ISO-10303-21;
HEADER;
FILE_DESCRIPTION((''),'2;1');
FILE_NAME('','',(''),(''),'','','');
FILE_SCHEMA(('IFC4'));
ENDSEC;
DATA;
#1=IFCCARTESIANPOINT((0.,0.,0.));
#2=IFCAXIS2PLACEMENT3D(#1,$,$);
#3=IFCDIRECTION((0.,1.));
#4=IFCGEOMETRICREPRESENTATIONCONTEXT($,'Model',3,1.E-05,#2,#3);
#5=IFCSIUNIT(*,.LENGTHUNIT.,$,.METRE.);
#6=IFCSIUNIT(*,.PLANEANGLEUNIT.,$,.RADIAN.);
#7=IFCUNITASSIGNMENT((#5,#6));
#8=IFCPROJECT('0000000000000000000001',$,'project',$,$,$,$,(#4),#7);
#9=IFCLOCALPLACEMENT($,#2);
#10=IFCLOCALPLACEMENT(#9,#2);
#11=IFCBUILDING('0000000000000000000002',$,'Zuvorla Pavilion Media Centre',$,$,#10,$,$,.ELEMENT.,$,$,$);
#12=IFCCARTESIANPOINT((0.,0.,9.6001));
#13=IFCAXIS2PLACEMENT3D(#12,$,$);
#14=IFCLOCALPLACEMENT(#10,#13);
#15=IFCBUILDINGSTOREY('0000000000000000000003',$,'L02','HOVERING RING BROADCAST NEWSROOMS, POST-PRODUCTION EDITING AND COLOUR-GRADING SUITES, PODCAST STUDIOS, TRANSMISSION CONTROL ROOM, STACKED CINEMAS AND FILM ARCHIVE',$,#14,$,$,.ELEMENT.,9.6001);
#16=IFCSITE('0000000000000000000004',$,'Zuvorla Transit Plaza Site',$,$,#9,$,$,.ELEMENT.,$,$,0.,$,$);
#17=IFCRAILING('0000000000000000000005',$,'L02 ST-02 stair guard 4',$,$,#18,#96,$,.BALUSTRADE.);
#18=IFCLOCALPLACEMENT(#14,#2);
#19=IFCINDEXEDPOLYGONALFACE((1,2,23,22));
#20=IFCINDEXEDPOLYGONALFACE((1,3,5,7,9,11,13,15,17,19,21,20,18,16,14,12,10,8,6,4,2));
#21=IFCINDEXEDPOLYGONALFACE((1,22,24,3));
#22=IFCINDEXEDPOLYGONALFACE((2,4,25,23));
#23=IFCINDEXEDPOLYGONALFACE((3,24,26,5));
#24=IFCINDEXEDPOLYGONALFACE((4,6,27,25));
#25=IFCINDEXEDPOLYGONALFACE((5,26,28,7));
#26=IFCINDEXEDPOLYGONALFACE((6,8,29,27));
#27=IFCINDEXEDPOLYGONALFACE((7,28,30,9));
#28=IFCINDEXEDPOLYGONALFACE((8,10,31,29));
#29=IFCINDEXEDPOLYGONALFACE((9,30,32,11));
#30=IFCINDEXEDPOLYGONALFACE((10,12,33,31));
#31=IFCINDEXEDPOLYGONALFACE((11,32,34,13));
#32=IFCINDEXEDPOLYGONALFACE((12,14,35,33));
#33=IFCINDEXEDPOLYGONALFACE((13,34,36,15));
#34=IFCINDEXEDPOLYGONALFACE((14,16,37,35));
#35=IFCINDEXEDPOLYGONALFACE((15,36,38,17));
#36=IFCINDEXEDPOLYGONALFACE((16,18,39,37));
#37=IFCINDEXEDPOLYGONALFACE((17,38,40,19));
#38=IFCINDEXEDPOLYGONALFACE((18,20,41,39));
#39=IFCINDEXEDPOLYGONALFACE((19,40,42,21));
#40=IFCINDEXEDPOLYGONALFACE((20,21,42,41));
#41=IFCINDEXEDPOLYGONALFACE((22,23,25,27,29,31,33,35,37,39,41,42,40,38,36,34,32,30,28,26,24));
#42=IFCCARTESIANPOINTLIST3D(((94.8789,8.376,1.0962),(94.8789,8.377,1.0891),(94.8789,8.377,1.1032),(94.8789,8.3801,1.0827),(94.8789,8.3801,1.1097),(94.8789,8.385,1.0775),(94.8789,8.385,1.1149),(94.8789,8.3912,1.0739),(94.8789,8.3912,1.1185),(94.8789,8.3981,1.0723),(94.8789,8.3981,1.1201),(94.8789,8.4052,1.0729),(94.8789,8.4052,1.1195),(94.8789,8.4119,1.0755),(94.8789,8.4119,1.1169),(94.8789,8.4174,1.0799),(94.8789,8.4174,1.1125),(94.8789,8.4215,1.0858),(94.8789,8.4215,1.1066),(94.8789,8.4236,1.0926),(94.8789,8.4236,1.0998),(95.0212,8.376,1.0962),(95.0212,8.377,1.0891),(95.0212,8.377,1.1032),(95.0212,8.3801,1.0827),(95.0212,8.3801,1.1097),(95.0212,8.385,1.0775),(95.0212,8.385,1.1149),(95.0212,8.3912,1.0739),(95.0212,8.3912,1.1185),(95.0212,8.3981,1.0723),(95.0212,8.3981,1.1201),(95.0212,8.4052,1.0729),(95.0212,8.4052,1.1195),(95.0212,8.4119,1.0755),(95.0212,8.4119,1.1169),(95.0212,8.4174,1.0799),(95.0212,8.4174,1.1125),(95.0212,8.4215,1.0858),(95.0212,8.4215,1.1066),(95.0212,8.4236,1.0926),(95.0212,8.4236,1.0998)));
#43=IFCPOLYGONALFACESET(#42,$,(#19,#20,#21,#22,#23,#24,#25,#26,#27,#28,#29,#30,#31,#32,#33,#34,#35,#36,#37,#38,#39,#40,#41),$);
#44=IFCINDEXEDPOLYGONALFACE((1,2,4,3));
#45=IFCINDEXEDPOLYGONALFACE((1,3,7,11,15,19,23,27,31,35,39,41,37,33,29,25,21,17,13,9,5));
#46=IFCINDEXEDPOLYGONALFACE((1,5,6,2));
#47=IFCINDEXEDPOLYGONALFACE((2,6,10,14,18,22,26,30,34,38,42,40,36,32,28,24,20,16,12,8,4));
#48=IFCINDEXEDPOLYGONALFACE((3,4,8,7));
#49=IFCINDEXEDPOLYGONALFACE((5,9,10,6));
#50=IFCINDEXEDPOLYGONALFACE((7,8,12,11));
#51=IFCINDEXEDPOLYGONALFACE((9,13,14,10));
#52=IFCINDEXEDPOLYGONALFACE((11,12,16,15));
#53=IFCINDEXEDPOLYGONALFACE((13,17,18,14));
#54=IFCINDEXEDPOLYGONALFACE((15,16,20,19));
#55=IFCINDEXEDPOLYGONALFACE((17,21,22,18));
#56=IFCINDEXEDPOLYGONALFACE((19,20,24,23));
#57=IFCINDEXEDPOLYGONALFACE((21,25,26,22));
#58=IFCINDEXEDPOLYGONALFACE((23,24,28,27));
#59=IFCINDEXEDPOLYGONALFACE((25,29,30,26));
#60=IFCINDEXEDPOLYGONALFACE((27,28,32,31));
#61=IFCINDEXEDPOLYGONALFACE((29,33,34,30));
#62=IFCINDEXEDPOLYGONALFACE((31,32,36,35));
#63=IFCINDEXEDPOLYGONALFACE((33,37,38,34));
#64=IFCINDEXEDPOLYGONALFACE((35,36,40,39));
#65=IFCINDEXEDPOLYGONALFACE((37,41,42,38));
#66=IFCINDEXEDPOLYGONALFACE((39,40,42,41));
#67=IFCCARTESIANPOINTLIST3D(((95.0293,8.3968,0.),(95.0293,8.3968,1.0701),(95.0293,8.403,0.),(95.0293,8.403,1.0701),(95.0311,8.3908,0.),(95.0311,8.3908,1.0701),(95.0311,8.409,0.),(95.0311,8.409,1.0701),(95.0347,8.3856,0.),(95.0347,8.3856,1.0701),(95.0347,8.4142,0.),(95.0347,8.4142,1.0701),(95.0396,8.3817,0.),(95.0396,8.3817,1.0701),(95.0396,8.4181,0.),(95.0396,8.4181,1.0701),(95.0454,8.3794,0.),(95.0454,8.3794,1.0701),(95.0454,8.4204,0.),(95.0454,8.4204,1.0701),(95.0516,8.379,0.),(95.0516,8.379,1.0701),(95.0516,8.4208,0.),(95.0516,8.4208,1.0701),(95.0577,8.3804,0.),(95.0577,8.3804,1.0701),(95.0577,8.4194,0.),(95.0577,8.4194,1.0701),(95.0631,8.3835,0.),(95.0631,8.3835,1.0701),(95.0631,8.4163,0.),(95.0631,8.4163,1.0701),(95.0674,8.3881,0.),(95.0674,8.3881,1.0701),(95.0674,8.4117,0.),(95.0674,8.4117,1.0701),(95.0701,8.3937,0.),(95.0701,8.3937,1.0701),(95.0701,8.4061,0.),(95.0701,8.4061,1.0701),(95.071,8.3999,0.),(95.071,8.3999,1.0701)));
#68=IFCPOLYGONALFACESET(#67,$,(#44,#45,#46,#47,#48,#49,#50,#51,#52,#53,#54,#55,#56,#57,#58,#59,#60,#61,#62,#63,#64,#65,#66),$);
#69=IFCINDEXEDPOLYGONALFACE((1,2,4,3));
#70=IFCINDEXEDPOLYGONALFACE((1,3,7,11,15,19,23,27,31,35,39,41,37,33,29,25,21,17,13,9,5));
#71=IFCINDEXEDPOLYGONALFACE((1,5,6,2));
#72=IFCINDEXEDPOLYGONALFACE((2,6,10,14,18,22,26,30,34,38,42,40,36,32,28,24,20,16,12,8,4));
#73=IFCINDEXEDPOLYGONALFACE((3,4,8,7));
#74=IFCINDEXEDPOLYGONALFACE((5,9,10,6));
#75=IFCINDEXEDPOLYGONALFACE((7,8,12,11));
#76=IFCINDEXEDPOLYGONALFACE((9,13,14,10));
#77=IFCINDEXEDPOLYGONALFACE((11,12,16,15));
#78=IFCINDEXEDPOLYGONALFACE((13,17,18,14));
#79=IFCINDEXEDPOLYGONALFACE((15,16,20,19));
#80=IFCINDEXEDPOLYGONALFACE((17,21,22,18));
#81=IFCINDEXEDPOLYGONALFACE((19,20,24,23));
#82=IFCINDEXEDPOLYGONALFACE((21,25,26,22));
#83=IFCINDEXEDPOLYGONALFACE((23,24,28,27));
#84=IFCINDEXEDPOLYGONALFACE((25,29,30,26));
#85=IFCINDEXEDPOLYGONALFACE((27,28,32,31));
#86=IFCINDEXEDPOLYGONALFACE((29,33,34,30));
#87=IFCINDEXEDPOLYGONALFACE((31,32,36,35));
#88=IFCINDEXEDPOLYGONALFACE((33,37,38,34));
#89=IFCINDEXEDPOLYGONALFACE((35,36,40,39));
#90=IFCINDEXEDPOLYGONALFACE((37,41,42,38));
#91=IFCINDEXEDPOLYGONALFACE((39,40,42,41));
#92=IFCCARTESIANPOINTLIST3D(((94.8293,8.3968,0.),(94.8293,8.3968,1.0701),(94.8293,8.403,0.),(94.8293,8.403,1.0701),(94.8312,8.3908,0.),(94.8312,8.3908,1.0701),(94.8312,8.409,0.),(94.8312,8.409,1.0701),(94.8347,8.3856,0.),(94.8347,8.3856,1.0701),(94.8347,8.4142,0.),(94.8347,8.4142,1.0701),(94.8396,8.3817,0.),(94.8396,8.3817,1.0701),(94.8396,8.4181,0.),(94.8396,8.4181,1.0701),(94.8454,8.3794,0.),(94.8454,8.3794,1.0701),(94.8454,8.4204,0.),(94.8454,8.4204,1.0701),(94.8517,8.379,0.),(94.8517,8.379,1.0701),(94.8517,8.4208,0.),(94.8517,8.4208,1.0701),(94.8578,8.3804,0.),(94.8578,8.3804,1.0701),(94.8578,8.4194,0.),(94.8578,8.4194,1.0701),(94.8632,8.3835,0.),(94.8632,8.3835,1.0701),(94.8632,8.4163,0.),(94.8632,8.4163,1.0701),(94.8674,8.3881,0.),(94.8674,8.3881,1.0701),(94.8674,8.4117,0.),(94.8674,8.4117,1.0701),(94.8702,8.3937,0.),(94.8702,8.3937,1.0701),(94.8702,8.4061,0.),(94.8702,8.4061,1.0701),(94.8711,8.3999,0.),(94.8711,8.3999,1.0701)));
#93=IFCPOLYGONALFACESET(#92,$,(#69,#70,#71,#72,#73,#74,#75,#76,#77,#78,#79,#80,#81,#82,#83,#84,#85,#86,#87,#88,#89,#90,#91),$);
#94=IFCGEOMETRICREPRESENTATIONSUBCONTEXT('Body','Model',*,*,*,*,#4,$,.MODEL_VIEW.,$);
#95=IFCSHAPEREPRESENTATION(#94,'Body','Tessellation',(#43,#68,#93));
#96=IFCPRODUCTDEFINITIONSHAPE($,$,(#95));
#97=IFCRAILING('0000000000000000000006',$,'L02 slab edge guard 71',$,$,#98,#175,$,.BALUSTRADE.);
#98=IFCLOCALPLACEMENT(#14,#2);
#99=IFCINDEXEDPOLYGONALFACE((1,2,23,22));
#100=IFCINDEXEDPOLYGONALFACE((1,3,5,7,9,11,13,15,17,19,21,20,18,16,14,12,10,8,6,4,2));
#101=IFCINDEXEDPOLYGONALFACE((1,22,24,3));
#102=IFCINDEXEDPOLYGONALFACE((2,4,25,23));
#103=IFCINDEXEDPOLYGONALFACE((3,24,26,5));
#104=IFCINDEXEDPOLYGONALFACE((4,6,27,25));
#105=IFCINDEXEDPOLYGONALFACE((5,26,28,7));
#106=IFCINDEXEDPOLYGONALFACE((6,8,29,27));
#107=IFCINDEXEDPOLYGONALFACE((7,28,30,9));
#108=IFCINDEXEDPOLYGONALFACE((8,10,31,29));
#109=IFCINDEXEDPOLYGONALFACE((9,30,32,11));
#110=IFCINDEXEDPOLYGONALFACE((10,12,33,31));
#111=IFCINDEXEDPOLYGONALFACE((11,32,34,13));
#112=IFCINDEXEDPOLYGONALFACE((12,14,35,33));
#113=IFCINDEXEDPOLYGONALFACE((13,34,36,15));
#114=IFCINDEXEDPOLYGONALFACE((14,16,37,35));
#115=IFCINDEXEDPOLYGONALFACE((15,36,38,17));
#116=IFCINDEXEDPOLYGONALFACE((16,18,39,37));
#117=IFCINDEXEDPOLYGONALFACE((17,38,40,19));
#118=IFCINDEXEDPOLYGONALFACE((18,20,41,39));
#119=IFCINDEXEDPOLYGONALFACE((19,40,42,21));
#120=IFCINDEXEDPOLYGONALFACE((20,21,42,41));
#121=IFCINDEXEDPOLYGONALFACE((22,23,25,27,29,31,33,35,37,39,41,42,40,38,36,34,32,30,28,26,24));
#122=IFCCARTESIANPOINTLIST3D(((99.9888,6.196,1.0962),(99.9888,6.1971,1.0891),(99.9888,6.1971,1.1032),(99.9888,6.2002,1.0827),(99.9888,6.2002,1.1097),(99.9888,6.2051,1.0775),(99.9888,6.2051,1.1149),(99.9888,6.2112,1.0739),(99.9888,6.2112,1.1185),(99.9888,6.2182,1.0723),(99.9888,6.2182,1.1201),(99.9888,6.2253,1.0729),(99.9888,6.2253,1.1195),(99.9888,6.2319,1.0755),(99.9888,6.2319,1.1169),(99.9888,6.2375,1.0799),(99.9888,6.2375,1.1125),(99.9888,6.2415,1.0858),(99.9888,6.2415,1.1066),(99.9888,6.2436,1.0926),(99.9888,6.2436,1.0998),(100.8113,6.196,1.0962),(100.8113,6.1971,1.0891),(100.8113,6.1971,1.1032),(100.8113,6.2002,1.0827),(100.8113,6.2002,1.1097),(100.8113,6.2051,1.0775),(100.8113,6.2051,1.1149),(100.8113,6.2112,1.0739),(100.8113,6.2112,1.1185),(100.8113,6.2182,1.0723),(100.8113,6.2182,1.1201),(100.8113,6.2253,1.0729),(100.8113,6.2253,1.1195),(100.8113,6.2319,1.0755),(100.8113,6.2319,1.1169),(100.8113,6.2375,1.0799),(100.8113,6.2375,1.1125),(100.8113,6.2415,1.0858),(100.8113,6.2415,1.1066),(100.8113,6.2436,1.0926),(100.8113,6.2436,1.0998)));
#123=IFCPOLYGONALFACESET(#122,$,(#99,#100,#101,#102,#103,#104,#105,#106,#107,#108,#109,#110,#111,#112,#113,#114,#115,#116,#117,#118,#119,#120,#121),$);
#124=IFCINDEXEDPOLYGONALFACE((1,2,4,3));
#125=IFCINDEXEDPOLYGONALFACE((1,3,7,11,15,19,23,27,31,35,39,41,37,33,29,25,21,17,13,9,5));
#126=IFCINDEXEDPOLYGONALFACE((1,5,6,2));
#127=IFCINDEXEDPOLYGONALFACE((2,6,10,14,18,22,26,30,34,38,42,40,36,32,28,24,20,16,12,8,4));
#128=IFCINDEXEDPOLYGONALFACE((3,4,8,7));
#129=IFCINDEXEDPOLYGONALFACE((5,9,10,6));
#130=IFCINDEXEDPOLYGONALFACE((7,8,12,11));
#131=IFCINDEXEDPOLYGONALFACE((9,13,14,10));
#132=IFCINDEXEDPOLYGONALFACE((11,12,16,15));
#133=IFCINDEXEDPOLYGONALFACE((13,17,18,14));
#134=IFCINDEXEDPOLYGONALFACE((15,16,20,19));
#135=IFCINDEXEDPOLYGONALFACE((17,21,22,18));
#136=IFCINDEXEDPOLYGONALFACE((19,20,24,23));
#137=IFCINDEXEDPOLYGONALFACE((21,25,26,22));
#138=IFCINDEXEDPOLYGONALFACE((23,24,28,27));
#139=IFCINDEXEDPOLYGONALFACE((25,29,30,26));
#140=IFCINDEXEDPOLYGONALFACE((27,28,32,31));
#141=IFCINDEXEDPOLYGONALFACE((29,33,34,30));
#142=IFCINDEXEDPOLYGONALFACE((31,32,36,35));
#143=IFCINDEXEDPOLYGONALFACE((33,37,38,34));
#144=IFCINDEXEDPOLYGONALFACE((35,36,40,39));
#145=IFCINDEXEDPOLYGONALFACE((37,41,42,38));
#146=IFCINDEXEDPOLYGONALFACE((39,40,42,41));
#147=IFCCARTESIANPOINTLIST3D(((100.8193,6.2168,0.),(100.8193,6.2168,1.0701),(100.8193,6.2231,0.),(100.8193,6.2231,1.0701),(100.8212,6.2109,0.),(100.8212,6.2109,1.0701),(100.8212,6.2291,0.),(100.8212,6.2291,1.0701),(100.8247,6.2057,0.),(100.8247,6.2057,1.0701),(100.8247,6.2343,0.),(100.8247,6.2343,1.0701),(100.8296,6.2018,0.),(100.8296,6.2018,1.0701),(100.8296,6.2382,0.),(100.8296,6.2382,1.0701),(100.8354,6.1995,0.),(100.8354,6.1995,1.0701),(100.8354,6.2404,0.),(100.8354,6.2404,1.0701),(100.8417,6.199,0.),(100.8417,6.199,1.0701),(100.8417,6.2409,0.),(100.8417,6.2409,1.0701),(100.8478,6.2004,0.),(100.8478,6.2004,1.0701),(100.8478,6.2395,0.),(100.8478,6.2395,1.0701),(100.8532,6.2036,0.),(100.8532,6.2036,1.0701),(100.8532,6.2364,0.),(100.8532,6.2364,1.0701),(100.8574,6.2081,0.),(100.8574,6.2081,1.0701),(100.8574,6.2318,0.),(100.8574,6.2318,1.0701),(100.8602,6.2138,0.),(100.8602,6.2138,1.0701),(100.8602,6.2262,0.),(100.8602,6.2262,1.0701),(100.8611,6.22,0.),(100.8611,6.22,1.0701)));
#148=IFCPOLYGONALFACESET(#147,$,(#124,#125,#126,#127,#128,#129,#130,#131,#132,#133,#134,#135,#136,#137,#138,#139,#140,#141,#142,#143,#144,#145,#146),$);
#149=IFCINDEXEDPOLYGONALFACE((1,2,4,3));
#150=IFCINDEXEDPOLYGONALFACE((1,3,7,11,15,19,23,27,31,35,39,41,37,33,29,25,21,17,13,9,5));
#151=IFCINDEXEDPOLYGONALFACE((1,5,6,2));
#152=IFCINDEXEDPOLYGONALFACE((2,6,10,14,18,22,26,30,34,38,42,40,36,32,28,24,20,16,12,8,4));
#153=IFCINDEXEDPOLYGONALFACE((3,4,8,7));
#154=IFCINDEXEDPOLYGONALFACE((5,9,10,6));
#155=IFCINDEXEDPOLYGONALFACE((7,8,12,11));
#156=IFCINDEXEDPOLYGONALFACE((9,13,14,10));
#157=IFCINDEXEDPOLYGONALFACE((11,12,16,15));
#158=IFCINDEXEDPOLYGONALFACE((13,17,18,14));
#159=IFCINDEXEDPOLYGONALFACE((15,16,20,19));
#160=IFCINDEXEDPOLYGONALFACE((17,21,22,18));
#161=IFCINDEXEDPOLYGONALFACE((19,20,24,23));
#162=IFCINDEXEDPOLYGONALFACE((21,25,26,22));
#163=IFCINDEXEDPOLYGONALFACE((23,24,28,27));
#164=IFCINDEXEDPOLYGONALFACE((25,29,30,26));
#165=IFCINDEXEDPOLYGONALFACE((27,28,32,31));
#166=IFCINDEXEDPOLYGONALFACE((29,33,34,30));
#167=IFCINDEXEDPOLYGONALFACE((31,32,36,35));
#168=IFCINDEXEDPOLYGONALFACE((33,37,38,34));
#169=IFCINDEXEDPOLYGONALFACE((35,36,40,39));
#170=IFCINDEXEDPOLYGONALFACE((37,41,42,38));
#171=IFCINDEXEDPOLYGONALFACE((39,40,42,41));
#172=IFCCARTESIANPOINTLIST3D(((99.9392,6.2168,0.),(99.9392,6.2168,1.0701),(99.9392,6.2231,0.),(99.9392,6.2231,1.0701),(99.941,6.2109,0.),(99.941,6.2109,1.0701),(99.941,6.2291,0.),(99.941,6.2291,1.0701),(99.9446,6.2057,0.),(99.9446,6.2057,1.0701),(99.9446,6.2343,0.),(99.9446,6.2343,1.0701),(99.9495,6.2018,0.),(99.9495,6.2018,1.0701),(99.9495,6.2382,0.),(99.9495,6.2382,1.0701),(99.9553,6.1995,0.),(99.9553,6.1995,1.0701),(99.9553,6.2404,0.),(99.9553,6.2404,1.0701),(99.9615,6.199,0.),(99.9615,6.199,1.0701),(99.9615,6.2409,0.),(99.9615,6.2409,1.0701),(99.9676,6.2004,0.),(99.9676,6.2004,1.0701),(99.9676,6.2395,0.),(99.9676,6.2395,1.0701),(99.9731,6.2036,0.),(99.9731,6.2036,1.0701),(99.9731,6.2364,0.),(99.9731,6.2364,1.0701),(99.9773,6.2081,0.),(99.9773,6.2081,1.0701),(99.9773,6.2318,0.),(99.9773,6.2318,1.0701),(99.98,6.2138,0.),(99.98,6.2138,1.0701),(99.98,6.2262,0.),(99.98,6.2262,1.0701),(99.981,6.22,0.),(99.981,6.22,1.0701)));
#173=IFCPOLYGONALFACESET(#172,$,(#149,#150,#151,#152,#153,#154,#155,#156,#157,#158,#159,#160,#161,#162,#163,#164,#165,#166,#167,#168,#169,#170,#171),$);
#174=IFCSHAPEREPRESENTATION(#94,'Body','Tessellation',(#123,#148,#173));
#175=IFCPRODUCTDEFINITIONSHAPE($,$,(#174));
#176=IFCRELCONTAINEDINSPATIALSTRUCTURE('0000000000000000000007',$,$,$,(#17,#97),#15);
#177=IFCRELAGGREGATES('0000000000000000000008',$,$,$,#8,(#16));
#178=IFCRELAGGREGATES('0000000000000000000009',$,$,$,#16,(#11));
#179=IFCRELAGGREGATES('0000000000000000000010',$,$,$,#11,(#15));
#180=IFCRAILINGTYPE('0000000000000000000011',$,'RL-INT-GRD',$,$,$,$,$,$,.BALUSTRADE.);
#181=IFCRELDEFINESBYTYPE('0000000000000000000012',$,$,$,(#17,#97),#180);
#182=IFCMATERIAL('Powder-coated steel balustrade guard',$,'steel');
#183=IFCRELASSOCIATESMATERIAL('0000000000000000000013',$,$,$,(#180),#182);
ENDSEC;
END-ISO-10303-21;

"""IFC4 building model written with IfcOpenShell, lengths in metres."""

from ifc_helpers import new_model, si_unit, direction, frame, origin, origin_2d, place, context, subcontext, project, spatial, circle, extrude, material, type_object, element, save


model = new_model("IFC4")

# Units and contexts
model_context = context("Model", 3, precision=1e-05, world=origin(), true_north=direction((0.0, 1.0)))
body_context = subcontext(model_context, "Body", "Model", "MODEL_VIEW")
ifc_project = project(units=[si_unit("LENGTHUNIT", "METRE"), si_unit("PLANEANGLEUNIT", "RADIAN")], contexts=[model_context])

# Site, building, storey
site_placement = place(None, origin())
site = spatial("IfcSite", under=ifc_project, at=site_placement, Name="Zuvorla Transit Plaza Site", CompositionType="ELEMENT", RefElevation=0.0)
building_placement = place(site_placement, origin())
building = spatial("IfcBuilding", under=site, at=building_placement, Name="Zuvorla Pavilion Media Centre", CompositionType="ELEMENT")
storey_placement = place(building_placement, frame((0.0, 0.0, 9.6001)))
storey = spatial("IfcBuildingStorey", under=building, at=storey_placement, Name="L02", Description="HOVERING RING BROADCAST NEWSROOMS, POST-PRODUCTION EDITING AND COLOUR-GRADING SUITES, PODCAST STUDIOS, TRANSMISSION CONTROL ROOM, STACKED CINEMAS AND FILM ARCHIVE", CompositionType="ELEMENT", Elevation=9.6001)

# Railings
ifc_material_1 = material(Name="Powder-coated steel balustrade guard", Category="steel")
railing_type_1 = type_object("IfcRailingType", Name="RL-INT-GRD", PredefinedType="BALUSTRADE", material=ifc_material_1)
railing_1_placement = place(storey_placement, frame((95.05, 8.3999, 0.0)))
element("IfcRailing", 1, at=railing_1_placement, inside=storey, type_object=railing_type_1, Name="L02 ST-02 stair guard 4", PredefinedType="BALUSTRADE", context=body_context, shape_type="SweptSolid", body=[
    extrude(circle(Radius=0.0239, at=origin_2d()), frame((-0.0288, 0.0, 1.0962), z_axis=(-1.0, 0.0, 0.0), x_axis=(0.0, -1.0, 0.0)), (0.0, 0.0, 1.0), 0.1423),
    extrude(circle(Radius=0.021, at=origin_2d()), origin(), (0.0, 0.0, 1.0), 1.0701),
    extrude(circle(Radius=0.021, at=origin_2d()), frame((-0.2, 0.0, 0.0)), (0.0, 0.0, 1.0), 1.0701),
])
railing_2_placement = place(storey_placement, frame((100.8401, 6.22, 0.0)))
element("IfcRailing", 2, at=railing_2_placement, inside=storey, type_object=railing_type_1, Name="L02 slab edge guard 71", PredefinedType="BALUSTRADE", context=body_context, shape_type="SweptSolid", body=[
    extrude(circle(Radius=0.0239, at=origin_2d()), frame((-0.0288, 0.0, 1.0962), z_axis=(-1.0, 0.0, 0.0), x_axis=(0.0, -1.0, 0.0)), (0.0, 0.0, 1.0), 0.8225),
    extrude(circle(Radius=0.021, at=origin_2d()), origin(), (0.0, 0.0, 1.0), 1.0701),
    extrude(circle(Radius=0.021, at=origin_2d()), frame((-0.8801, 0.0, 0.0)), (0.0, 0.0, 1.0), 1.0701),
])

save(model, "model.ifc")
